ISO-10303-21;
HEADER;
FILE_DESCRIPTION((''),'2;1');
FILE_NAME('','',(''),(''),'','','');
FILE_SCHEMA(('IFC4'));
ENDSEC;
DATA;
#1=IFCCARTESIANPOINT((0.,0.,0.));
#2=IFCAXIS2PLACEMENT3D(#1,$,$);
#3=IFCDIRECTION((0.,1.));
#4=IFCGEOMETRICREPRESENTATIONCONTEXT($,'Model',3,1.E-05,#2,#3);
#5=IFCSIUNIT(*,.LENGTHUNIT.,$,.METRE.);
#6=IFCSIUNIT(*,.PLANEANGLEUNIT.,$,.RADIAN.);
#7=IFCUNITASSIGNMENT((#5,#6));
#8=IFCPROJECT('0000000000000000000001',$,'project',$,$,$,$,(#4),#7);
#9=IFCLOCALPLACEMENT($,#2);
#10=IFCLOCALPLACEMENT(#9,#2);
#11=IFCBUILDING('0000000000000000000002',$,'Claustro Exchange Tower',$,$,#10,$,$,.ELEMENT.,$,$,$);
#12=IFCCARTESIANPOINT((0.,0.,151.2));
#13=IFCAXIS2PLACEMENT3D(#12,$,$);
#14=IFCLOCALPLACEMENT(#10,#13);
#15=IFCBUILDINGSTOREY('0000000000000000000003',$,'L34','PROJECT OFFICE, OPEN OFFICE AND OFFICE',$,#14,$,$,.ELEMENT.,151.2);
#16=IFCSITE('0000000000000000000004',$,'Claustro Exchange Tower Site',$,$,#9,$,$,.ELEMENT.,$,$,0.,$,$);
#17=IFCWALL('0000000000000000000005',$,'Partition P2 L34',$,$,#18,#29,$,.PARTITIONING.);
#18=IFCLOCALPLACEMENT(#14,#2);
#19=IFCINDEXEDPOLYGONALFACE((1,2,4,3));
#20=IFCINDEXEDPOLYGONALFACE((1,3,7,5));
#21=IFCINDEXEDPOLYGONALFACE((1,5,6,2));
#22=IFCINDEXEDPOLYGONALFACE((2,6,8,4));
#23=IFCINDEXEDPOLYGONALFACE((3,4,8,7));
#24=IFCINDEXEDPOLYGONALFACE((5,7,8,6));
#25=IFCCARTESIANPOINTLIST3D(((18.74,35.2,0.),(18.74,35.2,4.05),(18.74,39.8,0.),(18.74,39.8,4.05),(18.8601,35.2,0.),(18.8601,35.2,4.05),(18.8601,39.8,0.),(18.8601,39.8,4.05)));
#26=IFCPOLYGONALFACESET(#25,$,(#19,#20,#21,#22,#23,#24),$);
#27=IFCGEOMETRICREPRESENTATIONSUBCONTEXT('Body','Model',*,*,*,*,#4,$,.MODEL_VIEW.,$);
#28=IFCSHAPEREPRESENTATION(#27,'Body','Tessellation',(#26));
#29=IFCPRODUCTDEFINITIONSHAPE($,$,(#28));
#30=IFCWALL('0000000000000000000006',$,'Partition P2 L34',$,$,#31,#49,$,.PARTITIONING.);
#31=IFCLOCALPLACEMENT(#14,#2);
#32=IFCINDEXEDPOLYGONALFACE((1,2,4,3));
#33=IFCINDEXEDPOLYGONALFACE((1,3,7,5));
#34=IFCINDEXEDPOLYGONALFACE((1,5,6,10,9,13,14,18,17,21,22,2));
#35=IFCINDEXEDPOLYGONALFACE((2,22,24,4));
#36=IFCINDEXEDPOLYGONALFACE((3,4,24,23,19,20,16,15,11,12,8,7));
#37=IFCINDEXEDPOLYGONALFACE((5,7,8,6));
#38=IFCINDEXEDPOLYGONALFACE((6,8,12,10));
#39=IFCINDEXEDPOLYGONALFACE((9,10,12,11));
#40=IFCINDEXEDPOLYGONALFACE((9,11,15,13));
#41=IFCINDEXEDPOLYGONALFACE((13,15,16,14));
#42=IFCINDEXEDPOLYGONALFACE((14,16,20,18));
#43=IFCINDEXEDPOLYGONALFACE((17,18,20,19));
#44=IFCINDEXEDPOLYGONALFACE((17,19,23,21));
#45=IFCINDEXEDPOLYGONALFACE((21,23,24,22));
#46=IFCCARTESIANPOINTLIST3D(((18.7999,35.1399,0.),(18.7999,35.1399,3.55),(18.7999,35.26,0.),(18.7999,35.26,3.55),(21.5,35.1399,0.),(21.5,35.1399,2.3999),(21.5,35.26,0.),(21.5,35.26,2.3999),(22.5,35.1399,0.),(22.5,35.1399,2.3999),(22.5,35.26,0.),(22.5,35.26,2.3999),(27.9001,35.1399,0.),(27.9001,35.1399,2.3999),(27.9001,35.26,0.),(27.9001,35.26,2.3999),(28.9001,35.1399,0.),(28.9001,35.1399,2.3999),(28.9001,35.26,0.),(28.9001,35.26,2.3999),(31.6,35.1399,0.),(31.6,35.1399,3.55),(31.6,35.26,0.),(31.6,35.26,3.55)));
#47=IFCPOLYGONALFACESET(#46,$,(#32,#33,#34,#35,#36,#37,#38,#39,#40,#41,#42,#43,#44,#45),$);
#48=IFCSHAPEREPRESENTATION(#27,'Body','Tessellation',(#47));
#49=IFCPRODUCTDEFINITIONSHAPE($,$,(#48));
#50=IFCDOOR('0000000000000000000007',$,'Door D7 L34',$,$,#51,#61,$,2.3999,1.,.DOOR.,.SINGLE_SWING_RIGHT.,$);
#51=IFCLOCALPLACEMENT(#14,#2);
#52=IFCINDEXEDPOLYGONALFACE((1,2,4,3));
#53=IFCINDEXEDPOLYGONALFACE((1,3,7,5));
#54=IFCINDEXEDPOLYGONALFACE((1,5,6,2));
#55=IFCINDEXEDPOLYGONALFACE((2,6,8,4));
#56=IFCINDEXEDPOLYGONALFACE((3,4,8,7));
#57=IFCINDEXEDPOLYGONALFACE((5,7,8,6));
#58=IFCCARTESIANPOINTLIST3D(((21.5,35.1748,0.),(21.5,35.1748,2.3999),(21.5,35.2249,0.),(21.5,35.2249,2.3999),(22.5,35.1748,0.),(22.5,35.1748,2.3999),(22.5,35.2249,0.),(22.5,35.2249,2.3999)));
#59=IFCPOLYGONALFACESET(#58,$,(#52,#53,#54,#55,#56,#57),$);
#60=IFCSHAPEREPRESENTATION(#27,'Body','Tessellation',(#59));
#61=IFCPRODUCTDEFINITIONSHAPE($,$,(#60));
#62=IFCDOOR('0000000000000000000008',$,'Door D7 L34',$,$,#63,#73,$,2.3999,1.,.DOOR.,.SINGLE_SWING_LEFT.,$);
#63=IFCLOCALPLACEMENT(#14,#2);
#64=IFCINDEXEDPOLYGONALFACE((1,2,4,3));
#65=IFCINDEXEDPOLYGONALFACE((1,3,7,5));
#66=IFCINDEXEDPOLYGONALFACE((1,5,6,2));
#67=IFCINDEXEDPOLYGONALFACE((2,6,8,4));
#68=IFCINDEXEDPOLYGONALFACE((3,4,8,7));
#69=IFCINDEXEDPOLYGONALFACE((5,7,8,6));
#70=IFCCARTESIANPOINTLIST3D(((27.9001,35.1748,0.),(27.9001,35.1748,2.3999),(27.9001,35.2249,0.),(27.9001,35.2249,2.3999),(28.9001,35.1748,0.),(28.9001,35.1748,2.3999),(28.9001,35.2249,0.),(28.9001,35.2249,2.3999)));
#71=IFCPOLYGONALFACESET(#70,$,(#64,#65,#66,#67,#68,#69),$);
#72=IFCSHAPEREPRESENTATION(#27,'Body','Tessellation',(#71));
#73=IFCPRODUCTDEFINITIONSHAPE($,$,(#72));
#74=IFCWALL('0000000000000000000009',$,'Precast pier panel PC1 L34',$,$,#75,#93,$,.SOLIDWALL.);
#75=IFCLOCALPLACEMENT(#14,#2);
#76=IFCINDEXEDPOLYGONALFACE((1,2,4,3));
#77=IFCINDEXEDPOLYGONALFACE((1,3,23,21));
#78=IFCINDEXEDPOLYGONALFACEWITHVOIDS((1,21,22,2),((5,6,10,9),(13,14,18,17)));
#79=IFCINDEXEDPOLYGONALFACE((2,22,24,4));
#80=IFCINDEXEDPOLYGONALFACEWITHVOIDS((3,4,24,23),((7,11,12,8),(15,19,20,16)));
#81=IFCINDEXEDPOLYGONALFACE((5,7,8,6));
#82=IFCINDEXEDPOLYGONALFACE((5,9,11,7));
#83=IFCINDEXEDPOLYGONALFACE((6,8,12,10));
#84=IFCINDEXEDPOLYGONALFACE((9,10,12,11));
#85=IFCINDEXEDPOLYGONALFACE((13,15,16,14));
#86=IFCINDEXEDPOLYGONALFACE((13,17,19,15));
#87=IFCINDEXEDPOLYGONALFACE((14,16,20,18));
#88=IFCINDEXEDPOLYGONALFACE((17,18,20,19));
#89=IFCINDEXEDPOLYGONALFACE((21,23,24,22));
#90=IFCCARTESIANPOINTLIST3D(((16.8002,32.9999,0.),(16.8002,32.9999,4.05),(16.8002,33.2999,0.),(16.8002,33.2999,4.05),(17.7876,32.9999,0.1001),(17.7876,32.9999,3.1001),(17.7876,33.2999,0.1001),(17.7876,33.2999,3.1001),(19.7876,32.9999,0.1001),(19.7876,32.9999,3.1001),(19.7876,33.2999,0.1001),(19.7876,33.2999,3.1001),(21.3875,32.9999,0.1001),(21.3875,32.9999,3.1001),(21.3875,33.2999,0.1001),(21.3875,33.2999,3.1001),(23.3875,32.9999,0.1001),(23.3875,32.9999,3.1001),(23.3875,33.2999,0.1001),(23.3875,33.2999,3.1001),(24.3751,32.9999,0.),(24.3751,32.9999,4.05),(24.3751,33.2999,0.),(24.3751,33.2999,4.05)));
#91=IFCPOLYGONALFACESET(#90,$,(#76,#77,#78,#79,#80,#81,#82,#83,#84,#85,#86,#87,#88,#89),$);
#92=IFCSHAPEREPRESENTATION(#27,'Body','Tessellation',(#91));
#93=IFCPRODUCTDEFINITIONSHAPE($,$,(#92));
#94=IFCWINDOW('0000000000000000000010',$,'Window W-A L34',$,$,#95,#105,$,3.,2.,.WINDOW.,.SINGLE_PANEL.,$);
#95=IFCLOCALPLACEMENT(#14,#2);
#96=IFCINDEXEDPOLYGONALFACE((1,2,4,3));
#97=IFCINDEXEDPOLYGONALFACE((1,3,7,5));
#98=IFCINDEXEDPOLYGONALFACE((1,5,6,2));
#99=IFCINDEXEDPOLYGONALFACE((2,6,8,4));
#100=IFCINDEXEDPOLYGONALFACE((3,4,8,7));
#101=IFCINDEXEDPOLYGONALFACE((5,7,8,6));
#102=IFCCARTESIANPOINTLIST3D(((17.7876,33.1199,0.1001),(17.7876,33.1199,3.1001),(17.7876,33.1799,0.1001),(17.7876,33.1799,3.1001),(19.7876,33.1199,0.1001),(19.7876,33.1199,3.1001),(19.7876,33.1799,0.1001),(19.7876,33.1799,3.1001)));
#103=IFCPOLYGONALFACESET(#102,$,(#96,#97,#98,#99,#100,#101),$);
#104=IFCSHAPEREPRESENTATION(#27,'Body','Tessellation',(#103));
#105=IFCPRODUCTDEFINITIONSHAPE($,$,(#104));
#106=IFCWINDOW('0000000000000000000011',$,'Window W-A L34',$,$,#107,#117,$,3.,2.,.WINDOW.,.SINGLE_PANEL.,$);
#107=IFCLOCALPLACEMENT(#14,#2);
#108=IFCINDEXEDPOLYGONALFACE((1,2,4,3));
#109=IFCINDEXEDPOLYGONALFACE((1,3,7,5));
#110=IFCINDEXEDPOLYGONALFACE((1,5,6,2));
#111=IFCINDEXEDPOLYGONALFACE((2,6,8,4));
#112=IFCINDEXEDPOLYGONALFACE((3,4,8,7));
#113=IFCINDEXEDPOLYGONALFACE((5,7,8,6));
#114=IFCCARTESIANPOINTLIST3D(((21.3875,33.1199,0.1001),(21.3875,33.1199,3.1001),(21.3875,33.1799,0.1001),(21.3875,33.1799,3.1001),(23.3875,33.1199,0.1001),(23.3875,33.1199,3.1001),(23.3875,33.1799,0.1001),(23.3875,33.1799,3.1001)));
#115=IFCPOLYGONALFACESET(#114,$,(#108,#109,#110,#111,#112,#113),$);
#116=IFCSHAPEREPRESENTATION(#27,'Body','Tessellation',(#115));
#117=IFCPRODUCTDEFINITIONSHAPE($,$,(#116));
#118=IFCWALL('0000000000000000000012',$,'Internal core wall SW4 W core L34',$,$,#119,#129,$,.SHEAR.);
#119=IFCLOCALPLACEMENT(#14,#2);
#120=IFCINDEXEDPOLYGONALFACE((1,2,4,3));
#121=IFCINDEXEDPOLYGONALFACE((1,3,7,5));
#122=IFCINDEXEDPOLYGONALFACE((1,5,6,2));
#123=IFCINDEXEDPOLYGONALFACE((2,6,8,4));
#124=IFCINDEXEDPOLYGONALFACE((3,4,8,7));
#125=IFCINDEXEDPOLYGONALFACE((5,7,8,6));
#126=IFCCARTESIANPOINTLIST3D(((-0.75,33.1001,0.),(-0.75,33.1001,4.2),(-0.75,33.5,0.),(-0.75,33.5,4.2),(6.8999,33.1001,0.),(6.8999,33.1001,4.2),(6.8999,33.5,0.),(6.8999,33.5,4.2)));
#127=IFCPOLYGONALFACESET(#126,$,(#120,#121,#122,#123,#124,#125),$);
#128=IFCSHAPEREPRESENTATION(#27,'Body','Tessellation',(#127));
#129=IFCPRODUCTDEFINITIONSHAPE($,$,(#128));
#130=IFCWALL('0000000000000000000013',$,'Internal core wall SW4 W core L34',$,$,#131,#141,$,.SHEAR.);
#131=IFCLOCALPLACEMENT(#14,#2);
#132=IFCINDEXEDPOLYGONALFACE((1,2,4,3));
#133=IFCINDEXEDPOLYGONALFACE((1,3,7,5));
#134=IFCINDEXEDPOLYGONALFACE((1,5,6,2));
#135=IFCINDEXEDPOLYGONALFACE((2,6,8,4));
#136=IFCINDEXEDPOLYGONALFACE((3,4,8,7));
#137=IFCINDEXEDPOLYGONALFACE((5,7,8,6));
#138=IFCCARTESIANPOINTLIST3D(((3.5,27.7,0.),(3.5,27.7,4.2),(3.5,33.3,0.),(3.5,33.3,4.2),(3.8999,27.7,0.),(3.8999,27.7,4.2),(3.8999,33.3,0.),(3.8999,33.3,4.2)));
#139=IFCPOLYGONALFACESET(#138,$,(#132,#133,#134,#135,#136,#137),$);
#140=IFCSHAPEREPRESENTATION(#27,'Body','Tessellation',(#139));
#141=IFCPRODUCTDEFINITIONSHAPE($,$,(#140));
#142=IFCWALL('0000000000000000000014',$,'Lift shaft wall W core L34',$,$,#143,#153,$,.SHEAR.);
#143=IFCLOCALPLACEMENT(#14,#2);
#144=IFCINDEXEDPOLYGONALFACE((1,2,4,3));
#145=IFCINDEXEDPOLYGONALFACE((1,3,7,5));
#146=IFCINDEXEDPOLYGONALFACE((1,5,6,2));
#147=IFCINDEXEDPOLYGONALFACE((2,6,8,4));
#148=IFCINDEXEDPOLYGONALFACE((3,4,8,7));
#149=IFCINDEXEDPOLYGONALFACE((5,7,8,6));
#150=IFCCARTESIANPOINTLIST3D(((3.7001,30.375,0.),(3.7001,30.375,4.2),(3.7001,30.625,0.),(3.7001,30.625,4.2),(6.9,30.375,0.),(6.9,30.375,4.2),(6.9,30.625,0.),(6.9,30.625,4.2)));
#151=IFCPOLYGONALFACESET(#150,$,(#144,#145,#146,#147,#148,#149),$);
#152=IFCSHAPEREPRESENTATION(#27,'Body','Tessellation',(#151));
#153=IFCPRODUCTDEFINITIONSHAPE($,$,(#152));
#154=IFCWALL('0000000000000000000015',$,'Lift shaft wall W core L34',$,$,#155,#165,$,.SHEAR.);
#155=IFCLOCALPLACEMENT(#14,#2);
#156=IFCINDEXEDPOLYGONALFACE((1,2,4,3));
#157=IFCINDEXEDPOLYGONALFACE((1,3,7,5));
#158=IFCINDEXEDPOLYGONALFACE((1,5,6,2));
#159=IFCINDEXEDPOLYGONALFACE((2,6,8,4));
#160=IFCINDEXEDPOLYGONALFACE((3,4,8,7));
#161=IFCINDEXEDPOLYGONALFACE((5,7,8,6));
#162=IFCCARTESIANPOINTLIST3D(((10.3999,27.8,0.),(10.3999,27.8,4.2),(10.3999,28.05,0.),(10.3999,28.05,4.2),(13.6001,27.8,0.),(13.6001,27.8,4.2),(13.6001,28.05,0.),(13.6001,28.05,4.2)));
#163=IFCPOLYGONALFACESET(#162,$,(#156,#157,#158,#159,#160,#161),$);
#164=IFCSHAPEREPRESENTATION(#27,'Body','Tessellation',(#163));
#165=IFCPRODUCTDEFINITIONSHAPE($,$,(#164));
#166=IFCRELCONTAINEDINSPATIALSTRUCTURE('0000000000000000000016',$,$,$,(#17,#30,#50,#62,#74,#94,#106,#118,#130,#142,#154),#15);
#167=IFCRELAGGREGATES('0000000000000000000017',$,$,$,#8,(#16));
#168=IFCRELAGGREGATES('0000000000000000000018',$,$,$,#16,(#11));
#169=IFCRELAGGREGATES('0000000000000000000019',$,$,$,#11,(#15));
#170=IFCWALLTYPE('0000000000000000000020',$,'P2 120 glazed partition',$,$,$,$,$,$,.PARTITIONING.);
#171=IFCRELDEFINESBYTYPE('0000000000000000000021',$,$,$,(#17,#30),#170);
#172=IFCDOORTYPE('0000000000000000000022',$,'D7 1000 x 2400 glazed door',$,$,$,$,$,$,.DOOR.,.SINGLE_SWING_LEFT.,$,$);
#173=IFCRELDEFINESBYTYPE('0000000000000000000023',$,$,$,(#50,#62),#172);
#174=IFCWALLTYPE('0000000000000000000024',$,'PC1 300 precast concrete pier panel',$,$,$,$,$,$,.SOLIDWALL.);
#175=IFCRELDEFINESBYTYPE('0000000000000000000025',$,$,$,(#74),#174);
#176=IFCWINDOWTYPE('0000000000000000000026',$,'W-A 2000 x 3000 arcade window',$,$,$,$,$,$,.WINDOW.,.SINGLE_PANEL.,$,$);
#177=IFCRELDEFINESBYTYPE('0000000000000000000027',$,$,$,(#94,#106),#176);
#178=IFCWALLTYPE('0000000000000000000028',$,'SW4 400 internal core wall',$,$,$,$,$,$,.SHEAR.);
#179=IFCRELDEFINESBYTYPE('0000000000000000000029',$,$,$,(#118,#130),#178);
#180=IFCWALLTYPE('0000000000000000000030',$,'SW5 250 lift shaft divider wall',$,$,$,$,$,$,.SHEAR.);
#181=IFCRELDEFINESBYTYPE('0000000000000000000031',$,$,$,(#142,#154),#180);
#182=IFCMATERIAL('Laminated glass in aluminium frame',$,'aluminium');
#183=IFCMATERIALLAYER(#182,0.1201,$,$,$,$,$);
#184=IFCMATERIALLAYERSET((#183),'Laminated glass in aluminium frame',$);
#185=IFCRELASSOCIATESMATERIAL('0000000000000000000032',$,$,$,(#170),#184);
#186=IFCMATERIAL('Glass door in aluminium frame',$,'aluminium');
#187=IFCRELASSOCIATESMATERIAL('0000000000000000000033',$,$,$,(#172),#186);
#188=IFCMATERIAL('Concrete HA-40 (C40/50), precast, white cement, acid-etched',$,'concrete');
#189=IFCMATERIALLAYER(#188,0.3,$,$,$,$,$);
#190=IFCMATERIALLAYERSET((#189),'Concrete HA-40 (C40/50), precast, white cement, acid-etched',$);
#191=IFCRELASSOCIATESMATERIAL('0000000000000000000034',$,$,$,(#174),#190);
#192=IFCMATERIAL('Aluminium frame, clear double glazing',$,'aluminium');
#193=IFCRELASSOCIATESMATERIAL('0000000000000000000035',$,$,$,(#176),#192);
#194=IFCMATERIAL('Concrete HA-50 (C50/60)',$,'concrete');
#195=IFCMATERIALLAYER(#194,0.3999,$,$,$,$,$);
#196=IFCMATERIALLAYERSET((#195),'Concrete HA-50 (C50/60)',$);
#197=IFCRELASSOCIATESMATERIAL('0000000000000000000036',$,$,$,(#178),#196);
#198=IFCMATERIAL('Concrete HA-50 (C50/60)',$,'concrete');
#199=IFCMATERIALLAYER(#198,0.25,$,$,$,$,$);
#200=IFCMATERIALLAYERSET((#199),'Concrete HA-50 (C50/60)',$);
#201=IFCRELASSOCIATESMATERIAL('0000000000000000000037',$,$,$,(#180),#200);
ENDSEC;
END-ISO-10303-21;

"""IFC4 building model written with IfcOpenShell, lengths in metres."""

from ifc_helpers import new_model, si_unit, direction, frame, frame_2d, origin, place, context, subcontext, project, spatial, rectangle, extrude, material, layer, layer_set, type_object, element, fill, save


model = new_model("IFC4")

# Units and contexts
model_context = context("Model", 3, precision=1e-05, world=origin(), true_north=direction((0.0, 1.0)))
body_context = subcontext(model_context, "Body", "Model", "MODEL_VIEW")
ifc_project = project(units=[si_unit("LENGTHUNIT", "METRE"), si_unit("PLANEANGLEUNIT", "RADIAN")], contexts=[model_context])

# Site, building, storey
site_placement = place(None, origin())
site = spatial("IfcSite", under=ifc_project, at=site_placement, Name="Claustro Exchange Tower Site", CompositionType="ELEMENT", RefElevation=0.0)
building_placement = place(site_placement, origin())
building = spatial("IfcBuilding", under=site, at=building_placement, Name="Claustro Exchange Tower", CompositionType="ELEMENT")
storey_placement = place(building_placement, frame((0.0, 0.0, 151.2)))
storey = spatial("IfcBuildingStorey", under=building, at=storey_placement, Name="L34", Description="PROJECT OFFICE, OPEN OFFICE AND OFFICE", CompositionType="ELEMENT", Elevation=151.2)

# Wall
ifc_material_1 = material(Name="Laminated glass in aluminium frame", Category="aluminium")
ifc_layer_1 = layer(ifc_material_1, 0.1201)
ifc_layer_set_1 = layer_set([ifc_layer_1], Name="Laminated glass in aluminium frame")
wall_type_1 = type_object("IfcWallType", Name="P2 120 glazed partition", PredefinedType="PARTITIONING", material=ifc_layer_set_1)
wall_1_placement = place(storey_placement, frame((18.8, 35.2, 0.0), z_axis=(0.0, 0.0, 1.0), x_axis=(0.0, 1.0, 0.0)))
element("IfcWall", 1, at=wall_1_placement, inside=storey, type_object=wall_type_1, Name="Partition P2 L34", PredefinedType="PARTITIONING", context=body_context, shape_type="SweptSolid", body=[
    extrude(rectangle(XDim=4.6001, YDim=0.1201, at=frame_2d((2.3, 0.0))), origin(), (0.0, 0.0, 1.0), 4.05),
])

# Wall, openings, doors
wall_2_placement = place(storey_placement, frame((18.8, 35.2, 0.0), z_axis=(0.0, 0.0, 1.0), x_axis=(1.0, 0.0, 0.0)))
wall_2 = element("IfcWall", 2, at=wall_2_placement, inside=storey, type_object=wall_type_1, Name="Partition P2 L34", PredefinedType="PARTITIONING", context=body_context, shape_type="SweptSolid", body=[
    extrude(rectangle(XDim=12.8, YDim=0.1201, at=frame_2d((6.3999, 0.0))), origin(), (0.0, 0.0, 1.0), 3.55),
])
opening_1_placement = place(wall_2_placement, frame((2.7, 0.0, 0.0)))
opening_1 = element("IfcOpeningElement", 3, at=opening_1_placement, cuts=wall_2, PredefinedType="OPENING", context=body_context, shape_type="SweptSolid", body=[
    extrude(rectangle(XDim=1.0, YDim=2.3999, at=frame_2d((0.5, 1.2))), frame((0.0, 0.0701, 0.0), z_axis=(0.0, -1.0, 0.0), x_axis=(1.0, 0.0, 0.0)), (0.0, 0.0, 1.0), 0.1401),
])
opening_2_placement = place(wall_2_placement, frame((9.1001, 0.0, 0.0)))
opening_2 = element("IfcOpeningElement", 4, at=opening_2_placement, cuts=wall_2, PredefinedType="OPENING", context=body_context, shape_type="SweptSolid", body=[
    extrude(rectangle(XDim=1.0, YDim=2.3999, at=frame_2d((0.5, 1.2))), frame((0.0, 0.0701, 0.0), z_axis=(0.0, -1.0, 0.0), x_axis=(1.0, 0.0, 0.0)), (0.0, 0.0, 1.0), 0.1401),
])
ifc_material_2 = material(Name="Glass door in aluminium frame", Category="aluminium")
door_type_1 = type_object("IfcDoorType", Name="D7 1000 x 2400 glazed door", OperationType="SINGLE_SWING_LEFT", PredefinedType="DOOR", material=ifc_material_2)
door_1_placement = place(opening_1_placement, origin())
door_1 = element("IfcDoor", 5, at=door_1_placement, inside=storey, type_object=door_type_1, Name="Door D7 L34", OperationType="SINGLE_SWING_RIGHT", OverallHeight=2.3999, OverallWidth=1.0, PredefinedType="DOOR", context=body_context, shape_type="SweptSolid", body=[
    extrude(rectangle(XDim=1.0, YDim=2.3999, at=frame_2d((0.5, 1.2))), frame((0.0, 0.0249, 0.0), z_axis=(0.0, -1.0, 0.0), x_axis=(1.0, 0.0, 0.0)), (0.0, 0.0, 1.0), 0.05),
])
fill(opening_1, door_1)
door_2_placement = place(opening_2_placement, origin())
door_2 = element("IfcDoor", 6, at=door_2_placement, inside=storey, type_object=door_type_1, Name="Door D7 L34", OperationType="SINGLE_SWING_LEFT", OverallHeight=2.3999, OverallWidth=1.0, PredefinedType="DOOR", context=body_context, shape_type="SweptSolid", body=[
    extrude(rectangle(XDim=1.0, YDim=2.3999, at=frame_2d((0.5, 1.2))), frame((0.0, 0.0249, 0.0), z_axis=(0.0, -1.0, 0.0), x_axis=(1.0, 0.0, 0.0)), (0.0, 0.0, 1.0), 0.05),
])
fill(opening_2, door_2)

# Wall, openings, windows
ifc_material_3 = material(Name="Concrete HA-40 (C40/50), precast, white cement, acid-etched", Category="concrete")
ifc_layer_2 = layer(ifc_material_3, 0.3)
ifc_layer_set_2 = layer_set([ifc_layer_2], Name="Concrete HA-40 (C40/50), precast, white cement, acid-etched")
wall_type_2 = type_object("IfcWallType", Name="PC1 300 precast concrete pier panel", PredefinedType="SOLIDWALL", material=ifc_layer_set_2)
wall_3_placement = place(storey_placement, frame((16.8, 33.1499, 0.0), z_axis=(0.0, 0.0, 1.0), x_axis=(1.0, 0.0, 0.0)))
wall_3 = element("IfcWall", 7, at=wall_3_placement, inside=storey, type_object=wall_type_2, Name="Precast pier panel PC1 L34", PredefinedType="SOLIDWALL", context=body_context, shape_type="SweptSolid", body=[
    extrude(rectangle(XDim=7.575, YDim=0.3, at=frame_2d((3.7876, 0.0))), origin(), (0.0, 0.0, 1.0), 4.05),
])
opening_3_placement = place(wall_3_placement, frame((0.9875, 0.0, 0.1001)))
opening_3 = element("IfcOpeningElement", 8, at=opening_3_placement, cuts=wall_3, PredefinedType="OPENING", context=body_context, shape_type="SweptSolid", body=[
    extrude(rectangle(XDim=2.0, YDim=3.0, at=frame_2d((1.0, 1.5))), frame((0.0, 0.1599, 0.0), z_axis=(0.0, -1.0, 0.0), x_axis=(1.0, 0.0, 0.0)), (0.0, 0.0, 1.0), 0.3201),
])
opening_4_placement = place(wall_3_placement, frame((4.5874, 0.0, 0.1001)))
opening_4 = element("IfcOpeningElement", 9, at=opening_4_placement, cuts=wall_3, PredefinedType="OPENING", context=body_context, shape_type="SweptSolid", body=[
    extrude(rectangle(XDim=2.0, YDim=3.0, at=frame_2d((1.0, 1.5))), frame((0.0, 0.1599, 0.0), z_axis=(0.0, -1.0, 0.0), x_axis=(1.0, 0.0, 0.0)), (0.0, 0.0, 1.0), 0.3201),
])
ifc_material_4 = material(Name="Aluminium frame, clear double glazing", Category="aluminium")
window_type = type_object("IfcWindowType", Name="W-A 2000 x 3000 arcade window", PartitioningType="SINGLE_PANEL", PredefinedType="WINDOW", material=ifc_material_4)
window_1_placement = place(opening_3_placement, origin())
window_1 = element("IfcWindow", 10, at=window_1_placement, inside=storey, type_object=window_type, Name="Window W-A L34", OverallHeight=3.0, OverallWidth=2.0, PartitioningType="SINGLE_PANEL", PredefinedType="WINDOW", context=body_context, shape_type="SweptSolid", body=[
    extrude(rectangle(XDim=2.0, YDim=3.0, at=frame_2d((1.0, 1.5))), frame((0.0, 0.03, 0.0), z_axis=(0.0, -1.0, 0.0), x_axis=(1.0, 0.0, 0.0)), (0.0, 0.0, 1.0), 0.0601),
])
fill(opening_3, window_1)
window_2_placement = place(opening_4_placement, origin())
window_2 = element("IfcWindow", 11, at=window_2_placement, inside=storey, type_object=window_type, Name="Window W-A L34", OverallHeight=3.0, OverallWidth=2.0, PartitioningType="SINGLE_PANEL", PredefinedType="WINDOW", context=body_context, shape_type="SweptSolid", body=[
    extrude(rectangle(XDim=2.0, YDim=3.0, at=frame_2d((1.0, 1.5))), frame((0.0, 0.03, 0.0), z_axis=(0.0, -1.0, 0.0), x_axis=(1.0, 0.0, 0.0)), (0.0, 0.0, 1.0), 0.0601),
])
fill(opening_4, window_2)

# Walls
ifc_material_5 = material(Name="Concrete HA-50 (C50/60)", Category="concrete")
ifc_layer_3 = layer(ifc_material_5, 0.3999)
ifc_layer_set_3 = layer_set([ifc_layer_3], Name="Concrete HA-50 (C50/60)")
wall_type_3 = type_object("IfcWallType", Name="SW4 400 internal core wall", PredefinedType="SHEAR", material=ifc_layer_set_3)
wall_4_placement = place(storey_placement, frame((-0.75, 33.3, 0.0), z_axis=(0.0, 0.0, 1.0), x_axis=(1.0, 0.0, 0.0)))
element("IfcWall", 12, at=wall_4_placement, inside=storey, type_object=wall_type_3, Name="Internal core wall SW4 W core L34", PredefinedType="SHEAR", context=body_context, shape_type="SweptSolid", body=[
    extrude(rectangle(XDim=7.6499, YDim=0.3999, at=frame_2d((3.825, 0.0))), origin(), (0.0, 0.0, 1.0), 4.2),
])
wall_5_placement = place(storey_placement, frame((3.7, 27.7, 0.0), z_axis=(0.0, 0.0, 1.0), x_axis=(0.0, 1.0, 0.0)))
element("IfcWall", 13, at=wall_5_placement, inside=storey, type_object=wall_type_3, Name="Internal core wall SW4 W core L34", PredefinedType="SHEAR", context=body_context, shape_type="SweptSolid", body=[
    extrude(rectangle(XDim=5.6001, YDim=0.3999, at=frame_2d((2.8, 0.0))), origin(), (0.0, 0.0, 1.0), 4.2),
])
ifc_material_6 = material(Name="Concrete HA-50 (C50/60)", Category="concrete")
ifc_layer_4 = layer(ifc_material_6, 0.25)
ifc_layer_set_4 = layer_set([ifc_layer_4], Name="Concrete HA-50 (C50/60)")
wall_type_4 = type_object("IfcWallType", Name="SW5 250 lift shaft divider wall", PredefinedType="SHEAR", material=ifc_layer_set_4)
wall_6_placement = place(storey_placement, frame((3.7, 30.5, 0.0), z_axis=(0.0, 0.0, 1.0), x_axis=(1.0, 0.0, 0.0)))
element("IfcWall", 14, at=wall_6_placement, inside=storey, type_object=wall_type_4, Name="Lift shaft wall W core L34", PredefinedType="SHEAR", context=body_context, shape_type="SweptSolid", body=[
    extrude(rectangle(XDim=3.2, YDim=0.25, at=frame_2d((1.6001, 0.0))), origin(), (0.0, 0.0, 1.0), 4.2),
])
for number, where, z_axis, x_axis, name in (
    (15, (10.3999, 27.925, 0.0), (0.0, 0.0, 1.0), (1.0, 0.0, 0.0), "Lift shaft wall W core L34"),
):
    element("IfcWall", number, at=place(storey_placement, frame(where, z_axis=z_axis, x_axis=x_axis)), inside=storey, type_object=wall_type_4, Name=name, PredefinedType="SHEAR", context=body_context, shape_type="SweptSolid", body=[
        extrude(rectangle(XDim=3.2002, YDim=0.25, at=frame_2d((1.6001, 0.0))), origin(), (0.0, 0.0, 1.0), 4.2),
    ])

save(model, "model.ifc")
